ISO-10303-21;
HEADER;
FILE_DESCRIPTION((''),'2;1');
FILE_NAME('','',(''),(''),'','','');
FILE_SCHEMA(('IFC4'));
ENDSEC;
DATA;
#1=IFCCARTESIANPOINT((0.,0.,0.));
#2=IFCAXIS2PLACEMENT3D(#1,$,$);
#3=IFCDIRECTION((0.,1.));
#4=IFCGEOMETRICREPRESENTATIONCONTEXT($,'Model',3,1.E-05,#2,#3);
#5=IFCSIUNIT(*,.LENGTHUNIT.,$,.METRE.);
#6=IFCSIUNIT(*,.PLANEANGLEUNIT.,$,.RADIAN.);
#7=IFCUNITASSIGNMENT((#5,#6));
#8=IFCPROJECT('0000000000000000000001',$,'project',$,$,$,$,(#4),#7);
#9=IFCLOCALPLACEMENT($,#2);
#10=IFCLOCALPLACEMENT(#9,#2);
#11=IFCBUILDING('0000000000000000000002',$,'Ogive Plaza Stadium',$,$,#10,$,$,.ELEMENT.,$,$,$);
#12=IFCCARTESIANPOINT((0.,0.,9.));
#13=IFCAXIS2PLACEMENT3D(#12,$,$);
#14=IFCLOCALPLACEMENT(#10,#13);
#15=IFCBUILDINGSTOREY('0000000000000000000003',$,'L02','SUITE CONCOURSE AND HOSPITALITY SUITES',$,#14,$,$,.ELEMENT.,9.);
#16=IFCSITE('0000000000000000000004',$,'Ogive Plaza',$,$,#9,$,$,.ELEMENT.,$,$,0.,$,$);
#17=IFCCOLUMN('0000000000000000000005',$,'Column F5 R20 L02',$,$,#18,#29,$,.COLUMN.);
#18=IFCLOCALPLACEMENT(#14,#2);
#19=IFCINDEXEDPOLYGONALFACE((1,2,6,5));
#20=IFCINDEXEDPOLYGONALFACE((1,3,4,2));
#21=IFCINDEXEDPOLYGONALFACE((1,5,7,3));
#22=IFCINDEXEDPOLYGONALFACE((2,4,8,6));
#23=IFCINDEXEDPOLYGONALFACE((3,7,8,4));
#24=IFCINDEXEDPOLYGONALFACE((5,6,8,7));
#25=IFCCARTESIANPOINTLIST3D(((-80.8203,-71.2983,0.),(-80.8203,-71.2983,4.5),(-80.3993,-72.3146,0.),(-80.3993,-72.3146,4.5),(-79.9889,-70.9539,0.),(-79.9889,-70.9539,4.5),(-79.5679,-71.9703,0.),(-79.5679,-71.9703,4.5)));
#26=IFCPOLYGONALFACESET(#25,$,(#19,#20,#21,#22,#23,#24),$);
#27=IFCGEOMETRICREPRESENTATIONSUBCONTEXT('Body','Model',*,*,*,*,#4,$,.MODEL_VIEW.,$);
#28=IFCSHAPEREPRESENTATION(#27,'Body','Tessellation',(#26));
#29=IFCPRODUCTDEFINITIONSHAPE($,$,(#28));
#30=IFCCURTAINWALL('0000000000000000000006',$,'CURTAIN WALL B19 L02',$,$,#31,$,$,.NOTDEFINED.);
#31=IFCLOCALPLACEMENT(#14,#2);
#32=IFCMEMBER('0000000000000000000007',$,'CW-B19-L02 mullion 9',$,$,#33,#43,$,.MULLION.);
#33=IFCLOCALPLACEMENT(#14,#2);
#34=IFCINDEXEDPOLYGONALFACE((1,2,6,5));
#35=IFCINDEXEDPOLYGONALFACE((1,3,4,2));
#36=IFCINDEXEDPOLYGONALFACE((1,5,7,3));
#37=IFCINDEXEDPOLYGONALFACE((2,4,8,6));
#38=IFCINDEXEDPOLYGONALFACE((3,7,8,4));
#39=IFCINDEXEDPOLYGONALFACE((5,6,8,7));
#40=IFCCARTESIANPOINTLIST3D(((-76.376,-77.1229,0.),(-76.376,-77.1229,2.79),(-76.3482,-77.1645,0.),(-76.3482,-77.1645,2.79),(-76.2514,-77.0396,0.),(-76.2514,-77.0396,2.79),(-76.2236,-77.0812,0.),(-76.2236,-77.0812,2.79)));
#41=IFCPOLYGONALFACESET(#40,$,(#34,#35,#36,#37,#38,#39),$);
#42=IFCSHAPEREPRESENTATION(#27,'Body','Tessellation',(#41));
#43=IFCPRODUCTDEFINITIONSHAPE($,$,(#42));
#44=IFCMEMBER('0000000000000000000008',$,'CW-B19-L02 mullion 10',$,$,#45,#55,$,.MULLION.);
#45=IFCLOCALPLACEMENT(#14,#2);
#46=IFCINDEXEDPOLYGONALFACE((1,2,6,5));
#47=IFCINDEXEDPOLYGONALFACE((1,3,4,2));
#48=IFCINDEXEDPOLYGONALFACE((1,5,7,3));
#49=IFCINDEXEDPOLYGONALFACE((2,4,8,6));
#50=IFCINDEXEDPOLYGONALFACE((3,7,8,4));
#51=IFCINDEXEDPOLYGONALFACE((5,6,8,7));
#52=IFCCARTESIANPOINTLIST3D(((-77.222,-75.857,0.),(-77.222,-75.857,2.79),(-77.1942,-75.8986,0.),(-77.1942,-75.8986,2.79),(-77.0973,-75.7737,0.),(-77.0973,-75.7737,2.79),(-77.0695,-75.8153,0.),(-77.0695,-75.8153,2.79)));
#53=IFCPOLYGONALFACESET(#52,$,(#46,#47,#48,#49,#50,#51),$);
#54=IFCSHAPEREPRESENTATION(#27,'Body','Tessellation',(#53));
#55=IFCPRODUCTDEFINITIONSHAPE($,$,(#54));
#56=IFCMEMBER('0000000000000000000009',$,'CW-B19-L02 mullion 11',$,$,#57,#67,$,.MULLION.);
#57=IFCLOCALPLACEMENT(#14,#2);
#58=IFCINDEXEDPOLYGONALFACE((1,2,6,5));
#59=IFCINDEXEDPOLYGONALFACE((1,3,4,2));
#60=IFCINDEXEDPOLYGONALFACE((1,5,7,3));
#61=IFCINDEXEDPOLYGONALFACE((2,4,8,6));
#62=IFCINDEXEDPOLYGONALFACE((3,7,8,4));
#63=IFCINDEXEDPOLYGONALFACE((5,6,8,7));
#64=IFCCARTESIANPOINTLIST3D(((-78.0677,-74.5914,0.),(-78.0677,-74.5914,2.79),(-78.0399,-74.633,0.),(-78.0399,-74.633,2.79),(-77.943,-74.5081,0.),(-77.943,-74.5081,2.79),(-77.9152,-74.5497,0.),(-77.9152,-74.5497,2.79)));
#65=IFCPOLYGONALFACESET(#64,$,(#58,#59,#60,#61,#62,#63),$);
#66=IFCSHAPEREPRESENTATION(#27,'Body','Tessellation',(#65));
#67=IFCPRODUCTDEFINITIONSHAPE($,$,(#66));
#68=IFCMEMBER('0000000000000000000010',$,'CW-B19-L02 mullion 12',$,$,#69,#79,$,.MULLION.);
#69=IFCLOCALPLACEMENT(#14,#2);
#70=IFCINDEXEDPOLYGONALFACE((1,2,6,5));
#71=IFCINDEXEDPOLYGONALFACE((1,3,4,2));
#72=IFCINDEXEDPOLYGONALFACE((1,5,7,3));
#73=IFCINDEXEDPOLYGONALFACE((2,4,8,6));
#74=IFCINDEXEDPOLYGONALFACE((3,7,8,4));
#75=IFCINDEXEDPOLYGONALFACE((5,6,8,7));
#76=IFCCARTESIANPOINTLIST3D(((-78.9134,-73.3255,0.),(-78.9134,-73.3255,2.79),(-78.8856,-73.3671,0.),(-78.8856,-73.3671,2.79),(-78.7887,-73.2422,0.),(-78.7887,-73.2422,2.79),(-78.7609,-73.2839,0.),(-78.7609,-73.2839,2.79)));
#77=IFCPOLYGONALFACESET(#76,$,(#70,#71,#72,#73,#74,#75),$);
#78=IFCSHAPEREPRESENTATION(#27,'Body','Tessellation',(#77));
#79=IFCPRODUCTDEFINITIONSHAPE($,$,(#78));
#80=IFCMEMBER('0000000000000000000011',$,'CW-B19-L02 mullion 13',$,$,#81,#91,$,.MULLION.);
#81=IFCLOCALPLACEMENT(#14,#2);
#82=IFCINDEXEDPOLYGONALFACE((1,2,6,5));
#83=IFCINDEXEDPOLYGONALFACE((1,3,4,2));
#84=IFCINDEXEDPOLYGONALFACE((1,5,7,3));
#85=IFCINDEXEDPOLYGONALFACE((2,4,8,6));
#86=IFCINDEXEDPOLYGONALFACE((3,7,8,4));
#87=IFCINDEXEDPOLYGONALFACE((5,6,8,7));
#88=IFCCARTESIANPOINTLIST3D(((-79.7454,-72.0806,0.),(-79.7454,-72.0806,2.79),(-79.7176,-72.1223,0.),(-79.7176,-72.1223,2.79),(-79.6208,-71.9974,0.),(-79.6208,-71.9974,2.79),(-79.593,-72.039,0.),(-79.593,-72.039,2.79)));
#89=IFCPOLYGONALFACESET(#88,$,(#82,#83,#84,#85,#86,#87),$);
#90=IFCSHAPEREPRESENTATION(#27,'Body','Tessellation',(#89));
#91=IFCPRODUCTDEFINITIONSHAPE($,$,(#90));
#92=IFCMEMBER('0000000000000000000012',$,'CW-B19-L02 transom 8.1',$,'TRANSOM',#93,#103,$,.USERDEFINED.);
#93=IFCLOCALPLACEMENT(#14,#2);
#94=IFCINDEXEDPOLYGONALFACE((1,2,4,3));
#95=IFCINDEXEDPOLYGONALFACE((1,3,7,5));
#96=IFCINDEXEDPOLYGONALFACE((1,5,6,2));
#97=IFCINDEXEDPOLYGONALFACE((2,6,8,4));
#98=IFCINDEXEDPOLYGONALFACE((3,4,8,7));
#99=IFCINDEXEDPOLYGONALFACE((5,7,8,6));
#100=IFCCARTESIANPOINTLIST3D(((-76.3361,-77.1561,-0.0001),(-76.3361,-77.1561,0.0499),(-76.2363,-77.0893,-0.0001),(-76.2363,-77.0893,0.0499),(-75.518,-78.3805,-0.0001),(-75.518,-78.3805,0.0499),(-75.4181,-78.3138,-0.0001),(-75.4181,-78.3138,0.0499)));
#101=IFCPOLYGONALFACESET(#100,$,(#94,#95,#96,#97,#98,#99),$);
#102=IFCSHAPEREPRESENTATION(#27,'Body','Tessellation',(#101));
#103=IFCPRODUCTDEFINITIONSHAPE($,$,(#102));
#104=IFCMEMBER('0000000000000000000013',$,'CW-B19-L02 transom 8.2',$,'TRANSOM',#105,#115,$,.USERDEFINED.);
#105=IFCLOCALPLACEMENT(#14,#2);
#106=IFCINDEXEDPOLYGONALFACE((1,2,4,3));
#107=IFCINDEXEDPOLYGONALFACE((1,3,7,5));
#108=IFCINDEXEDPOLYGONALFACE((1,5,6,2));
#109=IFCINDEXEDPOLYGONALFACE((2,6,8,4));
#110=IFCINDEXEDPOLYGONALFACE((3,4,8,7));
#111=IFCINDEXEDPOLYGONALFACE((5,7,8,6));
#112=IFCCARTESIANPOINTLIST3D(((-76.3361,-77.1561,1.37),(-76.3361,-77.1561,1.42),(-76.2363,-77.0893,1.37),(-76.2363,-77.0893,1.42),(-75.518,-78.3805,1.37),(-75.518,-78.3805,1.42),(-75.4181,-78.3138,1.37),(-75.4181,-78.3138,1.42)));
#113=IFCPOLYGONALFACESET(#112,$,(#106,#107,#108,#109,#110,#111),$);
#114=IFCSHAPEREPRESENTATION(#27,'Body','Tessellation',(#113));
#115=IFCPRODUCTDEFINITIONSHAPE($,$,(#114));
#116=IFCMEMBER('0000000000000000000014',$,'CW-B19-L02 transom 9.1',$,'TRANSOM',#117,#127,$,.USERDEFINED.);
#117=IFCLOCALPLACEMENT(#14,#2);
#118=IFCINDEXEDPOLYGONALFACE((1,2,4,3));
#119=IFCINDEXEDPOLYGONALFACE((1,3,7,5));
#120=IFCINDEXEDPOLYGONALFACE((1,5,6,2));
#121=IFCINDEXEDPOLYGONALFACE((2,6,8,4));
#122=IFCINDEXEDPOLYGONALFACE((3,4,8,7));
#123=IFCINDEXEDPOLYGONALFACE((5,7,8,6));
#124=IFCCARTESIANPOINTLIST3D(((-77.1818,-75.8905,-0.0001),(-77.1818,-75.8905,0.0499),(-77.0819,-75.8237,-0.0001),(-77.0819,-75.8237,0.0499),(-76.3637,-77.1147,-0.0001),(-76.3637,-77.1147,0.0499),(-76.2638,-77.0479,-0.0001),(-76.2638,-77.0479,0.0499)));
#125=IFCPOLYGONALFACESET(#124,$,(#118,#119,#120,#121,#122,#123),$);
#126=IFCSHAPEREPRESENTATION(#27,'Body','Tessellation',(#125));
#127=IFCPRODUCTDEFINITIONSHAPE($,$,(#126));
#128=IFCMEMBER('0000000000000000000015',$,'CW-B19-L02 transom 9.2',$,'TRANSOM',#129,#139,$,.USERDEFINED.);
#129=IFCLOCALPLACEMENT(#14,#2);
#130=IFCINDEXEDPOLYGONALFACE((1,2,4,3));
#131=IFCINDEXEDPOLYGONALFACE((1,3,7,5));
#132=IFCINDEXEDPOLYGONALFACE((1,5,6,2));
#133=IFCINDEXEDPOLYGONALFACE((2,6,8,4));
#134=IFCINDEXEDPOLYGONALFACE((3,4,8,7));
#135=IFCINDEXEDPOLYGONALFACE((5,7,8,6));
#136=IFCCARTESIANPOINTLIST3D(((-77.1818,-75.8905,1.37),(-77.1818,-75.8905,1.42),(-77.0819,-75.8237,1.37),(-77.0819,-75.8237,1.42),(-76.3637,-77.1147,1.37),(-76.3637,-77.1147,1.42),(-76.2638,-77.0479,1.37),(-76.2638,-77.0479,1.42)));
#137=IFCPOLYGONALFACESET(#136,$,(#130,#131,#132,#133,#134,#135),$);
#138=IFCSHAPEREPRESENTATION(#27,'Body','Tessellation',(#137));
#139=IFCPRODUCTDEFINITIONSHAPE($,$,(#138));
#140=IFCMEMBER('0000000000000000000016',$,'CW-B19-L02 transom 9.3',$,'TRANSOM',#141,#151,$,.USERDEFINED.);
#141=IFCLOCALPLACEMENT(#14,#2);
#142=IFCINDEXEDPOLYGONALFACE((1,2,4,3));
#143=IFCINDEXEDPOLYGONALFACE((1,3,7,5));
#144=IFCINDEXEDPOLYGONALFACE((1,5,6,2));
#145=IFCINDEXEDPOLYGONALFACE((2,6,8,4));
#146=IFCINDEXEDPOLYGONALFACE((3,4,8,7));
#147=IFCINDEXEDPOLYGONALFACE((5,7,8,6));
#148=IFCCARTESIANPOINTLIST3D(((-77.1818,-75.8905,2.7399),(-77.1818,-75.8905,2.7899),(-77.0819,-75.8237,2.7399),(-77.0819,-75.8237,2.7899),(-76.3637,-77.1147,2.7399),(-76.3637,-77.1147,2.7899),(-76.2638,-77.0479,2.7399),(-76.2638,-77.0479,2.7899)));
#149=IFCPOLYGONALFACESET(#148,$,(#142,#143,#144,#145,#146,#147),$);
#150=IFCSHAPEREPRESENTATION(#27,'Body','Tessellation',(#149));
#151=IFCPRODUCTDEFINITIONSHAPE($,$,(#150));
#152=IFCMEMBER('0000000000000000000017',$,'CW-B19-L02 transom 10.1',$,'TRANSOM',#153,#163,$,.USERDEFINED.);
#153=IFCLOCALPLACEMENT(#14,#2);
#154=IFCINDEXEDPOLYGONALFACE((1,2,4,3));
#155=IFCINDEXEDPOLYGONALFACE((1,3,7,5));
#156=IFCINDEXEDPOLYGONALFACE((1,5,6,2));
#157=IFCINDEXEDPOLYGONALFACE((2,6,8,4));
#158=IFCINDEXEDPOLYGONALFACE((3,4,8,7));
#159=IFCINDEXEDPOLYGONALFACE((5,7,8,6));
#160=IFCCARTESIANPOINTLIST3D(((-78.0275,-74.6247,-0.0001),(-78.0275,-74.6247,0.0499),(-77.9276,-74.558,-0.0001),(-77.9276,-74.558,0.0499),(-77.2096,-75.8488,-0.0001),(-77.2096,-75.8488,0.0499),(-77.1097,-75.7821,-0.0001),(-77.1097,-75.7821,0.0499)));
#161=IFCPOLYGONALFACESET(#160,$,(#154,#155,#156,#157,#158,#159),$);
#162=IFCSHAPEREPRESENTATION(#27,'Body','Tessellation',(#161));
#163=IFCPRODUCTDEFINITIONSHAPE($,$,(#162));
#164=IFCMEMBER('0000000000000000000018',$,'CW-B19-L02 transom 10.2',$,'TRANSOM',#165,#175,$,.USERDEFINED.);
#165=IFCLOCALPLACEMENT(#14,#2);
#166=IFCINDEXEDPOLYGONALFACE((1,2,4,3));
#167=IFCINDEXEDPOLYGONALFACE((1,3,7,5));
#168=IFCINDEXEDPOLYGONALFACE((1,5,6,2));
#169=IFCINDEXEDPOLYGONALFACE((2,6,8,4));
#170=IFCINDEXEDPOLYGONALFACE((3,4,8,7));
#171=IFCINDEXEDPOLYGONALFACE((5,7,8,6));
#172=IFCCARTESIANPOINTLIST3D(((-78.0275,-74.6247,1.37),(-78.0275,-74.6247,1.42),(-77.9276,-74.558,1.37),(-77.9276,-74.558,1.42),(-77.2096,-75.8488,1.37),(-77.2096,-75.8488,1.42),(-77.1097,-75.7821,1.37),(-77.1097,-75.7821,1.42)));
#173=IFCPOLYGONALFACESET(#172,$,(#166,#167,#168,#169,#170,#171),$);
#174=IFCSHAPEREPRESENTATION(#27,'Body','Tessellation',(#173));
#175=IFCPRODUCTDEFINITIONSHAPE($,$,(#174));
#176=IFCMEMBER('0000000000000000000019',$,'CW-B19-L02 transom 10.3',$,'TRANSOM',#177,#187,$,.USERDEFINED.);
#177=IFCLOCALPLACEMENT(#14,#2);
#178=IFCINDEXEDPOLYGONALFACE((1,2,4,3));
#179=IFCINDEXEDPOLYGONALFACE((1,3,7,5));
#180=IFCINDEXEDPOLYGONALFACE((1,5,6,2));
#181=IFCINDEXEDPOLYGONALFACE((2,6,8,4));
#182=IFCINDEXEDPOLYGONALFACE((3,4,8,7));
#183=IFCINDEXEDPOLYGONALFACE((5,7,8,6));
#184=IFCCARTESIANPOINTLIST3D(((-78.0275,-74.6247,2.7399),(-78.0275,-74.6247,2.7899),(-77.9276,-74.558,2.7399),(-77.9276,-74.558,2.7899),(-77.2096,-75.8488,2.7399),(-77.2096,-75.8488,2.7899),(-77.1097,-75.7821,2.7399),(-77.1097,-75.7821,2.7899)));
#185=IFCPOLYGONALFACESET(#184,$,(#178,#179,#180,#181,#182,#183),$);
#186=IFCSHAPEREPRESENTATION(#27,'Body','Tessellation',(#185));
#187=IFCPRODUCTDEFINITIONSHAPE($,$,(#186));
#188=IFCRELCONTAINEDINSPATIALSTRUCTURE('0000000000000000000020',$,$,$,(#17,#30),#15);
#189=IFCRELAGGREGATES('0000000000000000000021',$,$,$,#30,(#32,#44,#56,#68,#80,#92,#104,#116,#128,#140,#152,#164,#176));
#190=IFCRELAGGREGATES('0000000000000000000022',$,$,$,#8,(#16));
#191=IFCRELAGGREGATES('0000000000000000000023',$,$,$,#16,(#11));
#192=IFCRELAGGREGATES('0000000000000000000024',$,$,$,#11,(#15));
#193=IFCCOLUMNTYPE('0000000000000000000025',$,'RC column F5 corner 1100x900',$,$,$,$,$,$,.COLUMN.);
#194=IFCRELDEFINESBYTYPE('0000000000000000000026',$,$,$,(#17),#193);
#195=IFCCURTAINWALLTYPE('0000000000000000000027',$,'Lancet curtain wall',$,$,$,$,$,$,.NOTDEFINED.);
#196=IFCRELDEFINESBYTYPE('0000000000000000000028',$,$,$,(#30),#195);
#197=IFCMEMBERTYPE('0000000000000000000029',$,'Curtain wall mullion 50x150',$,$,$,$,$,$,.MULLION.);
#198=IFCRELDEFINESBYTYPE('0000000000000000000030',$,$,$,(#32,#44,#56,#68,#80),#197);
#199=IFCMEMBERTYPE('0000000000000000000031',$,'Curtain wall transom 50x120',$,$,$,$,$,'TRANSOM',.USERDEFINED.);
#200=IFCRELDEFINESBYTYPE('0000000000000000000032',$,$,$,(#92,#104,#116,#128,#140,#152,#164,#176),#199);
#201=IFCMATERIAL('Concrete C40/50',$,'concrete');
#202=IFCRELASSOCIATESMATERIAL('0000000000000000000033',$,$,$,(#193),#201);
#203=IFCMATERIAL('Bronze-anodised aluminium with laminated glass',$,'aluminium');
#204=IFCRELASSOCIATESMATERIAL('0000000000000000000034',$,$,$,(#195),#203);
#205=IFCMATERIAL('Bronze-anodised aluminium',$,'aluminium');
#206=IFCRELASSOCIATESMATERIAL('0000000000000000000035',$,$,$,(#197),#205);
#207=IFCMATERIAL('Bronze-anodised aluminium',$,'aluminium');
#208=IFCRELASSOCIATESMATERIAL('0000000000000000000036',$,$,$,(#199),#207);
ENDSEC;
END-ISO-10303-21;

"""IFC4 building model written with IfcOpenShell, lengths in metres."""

from ifc_helpers import new_model, si_unit, direction, frame, origin, origin_2d, place, context, subcontext, project, spatial, rectangle, extrude, material, material_profile, profile_set, type_object, element, aggregate, save


model = new_model("IFC4")

# Units and contexts
model_context = context("Model", 3, precision=1e-05, world=origin(), true_north=direction((0.0, 1.0)))
body_context = subcontext(model_context, "Body", "Model", "MODEL_VIEW")
ifc_project = project(units=[si_unit("LENGTHUNIT", "METRE"), si_unit("PLANEANGLEUNIT", "RADIAN")], contexts=[model_context])

# Site, building, storey
site_placement = place(None, origin())
site = spatial("IfcSite", under=ifc_project, at=site_placement, Name="Ogive Plaza", CompositionType="ELEMENT", RefElevation=0.0)
building_placement = place(site_placement, origin())
building = spatial("IfcBuilding", under=site, at=building_placement, Name="Ogive Plaza Stadium", CompositionType="ELEMENT")
storey_placement = place(building_placement, frame((0.0, 0.0, 9.0)))
storey = spatial("IfcBuildingStorey", under=building, at=storey_placement, Name="L02", Description="SUITE CONCOURSE AND HOSPITALITY SUITES", CompositionType="ELEMENT", Elevation=9.0)

# Column
ifc_material_1 = material(Name="Concrete C40/50", Category="concrete")
ifc_material_profile_1 = material_profile(ifc_material_1, rectangle(XDim=1.1001, YDim=0.8999, at=origin_2d()), Name="RC 1100x900")
ifc_profile_set_1 = profile_set([ifc_material_profile_1], Name="Concrete C40/50")
column_type = type_object("IfcColumnType", Name="RC column F5 corner 1100x900", PredefinedType="COLUMN", material=ifc_profile_set_1)
column_placement = place(storey_placement, frame((-80.1941, -71.6343, 0.0), z_axis=(0.0, 0.0, 1.0), x_axis=(0.382683, -0.92388, 0.0)))
element("IfcColumn", 1, at=column_placement, inside=storey, type_object=column_type, Name="Column F5 R20 L02", PredefinedType="COLUMN", context=body_context, shape_type="SweptSolid", body=[
    extrude(rectangle(XDim=1.1001, YDim=0.8999, at=origin_2d()), origin(), (0.0, 0.0, 1.0), 4.5),
])

# Curtain wall, members
ifc_material_2 = material(Name="Bronze-anodised aluminium with laminated glass", Category="aluminium")
curtain_wall_type = type_object("IfcCurtainWallType", Name="Lancet curtain wall", PredefinedType="NOTDEFINED", material=ifc_material_2)
curtain_wall_placement = place(storey_placement, origin())
curtain_wall = element("IfcCurtainWall", 2, at=curtain_wall_placement, inside=storey, type_object=curtain_wall_type, Name="CURTAIN WALL B19 L02", PredefinedType="NOTDEFINED")
ifc_material_3 = material(Name="Bronze-anodised aluminium", Category="aluminium")
ifc_material_profile_2 = material_profile(ifc_material_3, rectangle(XDim=0.1499, YDim=0.05, at=origin_2d()), Name="AL 150x50")
ifc_profile_set_2 = profile_set([ifc_material_profile_2], Name="Bronze-anodised aluminium")
member_type_1 = type_object("IfcMemberType", Name="Curtain wall mullion 50x150", PredefinedType="MULLION", material=ifc_profile_set_2)
member_1_placement = place(storey_placement, frame((-76.2998, -77.1021, 0.0), z_axis=(0.0, 0.0, 1.0), x_axis=(-0.83147, -0.55557, 0.0)))
member_1 = element("IfcMember", 3, at=member_1_placement, type_object=member_type_1, Name="CW-B19-L02 mullion 9", PredefinedType="MULLION", context=body_context, shape_type="SweptSolid", body=[
    extrude(rectangle(XDim=0.1499, YDim=0.05, at=origin_2d()), origin(), (0.0, 0.0, 1.0), 2.79),
])
member_2_placement = place(storey_placement, frame((-77.1458, -75.8362, 0.0), z_axis=(0.0, 0.0, 1.0), x_axis=(-0.83147, -0.55557, 0.0)))
member_2 = element("IfcMember", 4, at=member_2_placement, type_object=member_type_1, Name="CW-B19-L02 mullion 10", PredefinedType="MULLION", context=body_context, shape_type="SweptSolid", body=[
    extrude(rectangle(XDim=0.1499, YDim=0.05, at=origin_2d()), origin(), (0.0, 0.0, 1.0), 2.79),
])
member_3_placement = place(storey_placement, frame((-77.9915, -74.5706, 0.0), z_axis=(0.0, 0.0, 1.0), x_axis=(-0.83147, -0.55557, 0.0)))
member_3 = element("IfcMember", 5, at=member_3_placement, type_object=member_type_1, Name="CW-B19-L02 mullion 11", PredefinedType="MULLION", context=body_context, shape_type="SweptSolid", body=[
    extrude(rectangle(XDim=0.1499, YDim=0.05, at=origin_2d()), origin(), (0.0, 0.0, 1.0), 2.79),
])
member_4_placement = place(storey_placement, frame((-78.8372, -73.3047, 0.0), z_axis=(0.0, 0.0, 1.0), x_axis=(-0.83147, -0.55557, 0.0)))
member_4 = element("IfcMember", 6, at=member_4_placement, type_object=member_type_1, Name="CW-B19-L02 mullion 12", PredefinedType="MULLION", context=body_context, shape_type="SweptSolid", body=[
    extrude(rectangle(XDim=0.1499, YDim=0.05, at=origin_2d()), origin(), (0.0, 0.0, 1.0), 2.79),
])
member_5_placement = place(storey_placement, frame((-79.6692, -72.0598, 0.0), z_axis=(0.0, 0.0, 1.0), x_axis=(-0.83147, -0.55557, 0.0)))
member_5 = element("IfcMember", 7, at=member_5_placement, type_object=member_type_1, Name="CW-B19-L02 mullion 13", PredefinedType="MULLION", context=body_context, shape_type="SweptSolid", body=[
    extrude(rectangle(XDim=0.1499, YDim=0.05, at=origin_2d()), origin(), (0.0, 0.0, 1.0), 2.79),
])
ifc_material_4 = material(Name="Bronze-anodised aluminium", Category="aluminium")
ifc_material_profile_3 = material_profile(ifc_material_4, rectangle(XDim=0.1201, YDim=0.05, at=origin_2d()), Name="AL 120x50")
ifc_profile_set_3 = profile_set([ifc_material_profile_3], Name="Bronze-anodised aluminium")
member_type_2 = type_object("IfcMemberType", Name="Curtain wall transom 50x120", ElementType="TRANSOM", PredefinedType="USERDEFINED", material=ifc_profile_set_3)
member_6_placement = place(storey_placement, frame((-75.468, -78.3472, 0.0249), z_axis=(-0.55558, 0.831463, 0.0), x_axis=(-0.831463, -0.55558, 0.0)))
member_6 = element("IfcMember", 8, at=member_6_placement, type_object=member_type_2, Name="CW-B19-L02 transom 8.1", ObjectType="TRANSOM", PredefinedType="USERDEFINED", context=body_context, shape_type="SweptSolid", body=[
    extrude(rectangle(XDim=0.1201, YDim=0.05, at=origin_2d()), origin(), (0.0, 0.0, 1.0), 1.4727),
])
member_7_placement = place(storey_placement, frame((-75.468, -78.3472, 1.395), z_axis=(-0.55558, 0.831463, 0.0), x_axis=(-0.831463, -0.55558, 0.0)))
member_7 = element("IfcMember", 9, at=member_7_placement, type_object=member_type_2, Name="CW-B19-L02 transom 8.2", ObjectType="TRANSOM", PredefinedType="USERDEFINED", context=body_context, shape_type="SweptSolid", body=[
    extrude(rectangle(XDim=0.1201, YDim=0.05, at=origin_2d()), origin(), (0.0, 0.0, 1.0), 1.4727),
])
member_8_placement = place(storey_placement, frame((-76.3137, -77.0813, 0.0249), z_axis=(-0.555656, 0.831412, 0.0), x_axis=(-0.831412, -0.555656, 0.0)))
member_8 = element("IfcMember", 10, at=member_8_placement, type_object=member_type_2, Name="CW-B19-L02 transom 9.1", ObjectType="TRANSOM", PredefinedType="USERDEFINED", context=body_context, shape_type="SweptSolid", body=[
    extrude(rectangle(XDim=0.1201, YDim=0.05, at=origin_2d()), origin(), (0.0, 0.0, 1.0), 1.4724),
])
member_9_placement = place(storey_placement, frame((-76.3137, -77.0813, 1.395), z_axis=(-0.555656, 0.831412, 0.0), x_axis=(-0.831412, -0.555656, 0.0)))
member_9 = element("IfcMember", 11, at=member_9_placement, type_object=member_type_2, Name="CW-B19-L02 transom 9.2", ObjectType="TRANSOM", PredefinedType="USERDEFINED", context=body_context, shape_type="SweptSolid", body=[
    extrude(rectangle(XDim=0.1201, YDim=0.05, at=origin_2d()), origin(), (0.0, 0.0, 1.0), 1.4724),
])
member_10_placement = place(storey_placement, frame((-76.3137, -77.0813, 2.7649), z_axis=(-0.555656, 0.831412, 0.0), x_axis=(-0.831412, -0.555656, 0.0)))
member_10 = element("IfcMember", 12, at=member_10_placement, type_object=member_type_2, Name="CW-B19-L02 transom 9.3", ObjectType="TRANSOM", PredefinedType="USERDEFINED", context=body_context, shape_type="SweptSolid", body=[
    extrude(rectangle(XDim=0.1201, YDim=0.05, at=origin_2d()), origin(), (0.0, 0.0, 1.0), 1.4724),
])
member_11_placement = place(storey_placement, frame((-77.1597, -75.8154, 0.0249), z_axis=(-0.555542, 0.831489, 0.0), x_axis=(-0.831489, -0.555542, 0.0)))
member_11 = element("IfcMember", 13, at=member_11_placement, type_object=member_type_2, Name="CW-B19-L02 transom 10.1", ObjectType="TRANSOM", PredefinedType="USERDEFINED", context=body_context, shape_type="SweptSolid", body=[
    extrude(rectangle(XDim=0.1201, YDim=0.05, at=origin_2d()), origin(), (0.0, 0.0, 1.0), 1.4722),
])
member_12_placement = place(storey_placement, frame((-77.1597, -75.8154, 1.395), z_axis=(-0.555542, 0.831489, 0.0), x_axis=(-0.831489, -0.555542, 0.0)))
member_12 = element("IfcMember", 14, at=member_12_placement, type_object=member_type_2, Name="CW-B19-L02 transom 10.2", ObjectType="TRANSOM", PredefinedType="USERDEFINED", context=body_context, shape_type="SweptSolid", body=[
    extrude(rectangle(XDim=0.1201, YDim=0.05, at=origin_2d()), origin(), (0.0, 0.0, 1.0), 1.4722),
])
member_13_placement = place(storey_placement, frame((-77.1597, -75.8154, 2.7649), z_axis=(-0.555542, 0.831489, 0.0), x_axis=(-0.831489, -0.555542, 0.0)))
member_13 = element("IfcMember", 15, at=member_13_placement, type_object=member_type_2, Name="CW-B19-L02 transom 10.3", ObjectType="TRANSOM", PredefinedType="USERDEFINED", context=body_context, shape_type="SweptSolid", body=[
    extrude(rectangle(XDim=0.1201, YDim=0.05, at=origin_2d()), origin(), (0.0, 0.0, 1.0), 1.4722),
])
aggregate(curtain_wall, [member_1, member_2, member_3, member_4, member_5, member_6, member_7, member_8, member_9, member_10, member_11, member_12, member_13])

save(model, "model.ifc")
